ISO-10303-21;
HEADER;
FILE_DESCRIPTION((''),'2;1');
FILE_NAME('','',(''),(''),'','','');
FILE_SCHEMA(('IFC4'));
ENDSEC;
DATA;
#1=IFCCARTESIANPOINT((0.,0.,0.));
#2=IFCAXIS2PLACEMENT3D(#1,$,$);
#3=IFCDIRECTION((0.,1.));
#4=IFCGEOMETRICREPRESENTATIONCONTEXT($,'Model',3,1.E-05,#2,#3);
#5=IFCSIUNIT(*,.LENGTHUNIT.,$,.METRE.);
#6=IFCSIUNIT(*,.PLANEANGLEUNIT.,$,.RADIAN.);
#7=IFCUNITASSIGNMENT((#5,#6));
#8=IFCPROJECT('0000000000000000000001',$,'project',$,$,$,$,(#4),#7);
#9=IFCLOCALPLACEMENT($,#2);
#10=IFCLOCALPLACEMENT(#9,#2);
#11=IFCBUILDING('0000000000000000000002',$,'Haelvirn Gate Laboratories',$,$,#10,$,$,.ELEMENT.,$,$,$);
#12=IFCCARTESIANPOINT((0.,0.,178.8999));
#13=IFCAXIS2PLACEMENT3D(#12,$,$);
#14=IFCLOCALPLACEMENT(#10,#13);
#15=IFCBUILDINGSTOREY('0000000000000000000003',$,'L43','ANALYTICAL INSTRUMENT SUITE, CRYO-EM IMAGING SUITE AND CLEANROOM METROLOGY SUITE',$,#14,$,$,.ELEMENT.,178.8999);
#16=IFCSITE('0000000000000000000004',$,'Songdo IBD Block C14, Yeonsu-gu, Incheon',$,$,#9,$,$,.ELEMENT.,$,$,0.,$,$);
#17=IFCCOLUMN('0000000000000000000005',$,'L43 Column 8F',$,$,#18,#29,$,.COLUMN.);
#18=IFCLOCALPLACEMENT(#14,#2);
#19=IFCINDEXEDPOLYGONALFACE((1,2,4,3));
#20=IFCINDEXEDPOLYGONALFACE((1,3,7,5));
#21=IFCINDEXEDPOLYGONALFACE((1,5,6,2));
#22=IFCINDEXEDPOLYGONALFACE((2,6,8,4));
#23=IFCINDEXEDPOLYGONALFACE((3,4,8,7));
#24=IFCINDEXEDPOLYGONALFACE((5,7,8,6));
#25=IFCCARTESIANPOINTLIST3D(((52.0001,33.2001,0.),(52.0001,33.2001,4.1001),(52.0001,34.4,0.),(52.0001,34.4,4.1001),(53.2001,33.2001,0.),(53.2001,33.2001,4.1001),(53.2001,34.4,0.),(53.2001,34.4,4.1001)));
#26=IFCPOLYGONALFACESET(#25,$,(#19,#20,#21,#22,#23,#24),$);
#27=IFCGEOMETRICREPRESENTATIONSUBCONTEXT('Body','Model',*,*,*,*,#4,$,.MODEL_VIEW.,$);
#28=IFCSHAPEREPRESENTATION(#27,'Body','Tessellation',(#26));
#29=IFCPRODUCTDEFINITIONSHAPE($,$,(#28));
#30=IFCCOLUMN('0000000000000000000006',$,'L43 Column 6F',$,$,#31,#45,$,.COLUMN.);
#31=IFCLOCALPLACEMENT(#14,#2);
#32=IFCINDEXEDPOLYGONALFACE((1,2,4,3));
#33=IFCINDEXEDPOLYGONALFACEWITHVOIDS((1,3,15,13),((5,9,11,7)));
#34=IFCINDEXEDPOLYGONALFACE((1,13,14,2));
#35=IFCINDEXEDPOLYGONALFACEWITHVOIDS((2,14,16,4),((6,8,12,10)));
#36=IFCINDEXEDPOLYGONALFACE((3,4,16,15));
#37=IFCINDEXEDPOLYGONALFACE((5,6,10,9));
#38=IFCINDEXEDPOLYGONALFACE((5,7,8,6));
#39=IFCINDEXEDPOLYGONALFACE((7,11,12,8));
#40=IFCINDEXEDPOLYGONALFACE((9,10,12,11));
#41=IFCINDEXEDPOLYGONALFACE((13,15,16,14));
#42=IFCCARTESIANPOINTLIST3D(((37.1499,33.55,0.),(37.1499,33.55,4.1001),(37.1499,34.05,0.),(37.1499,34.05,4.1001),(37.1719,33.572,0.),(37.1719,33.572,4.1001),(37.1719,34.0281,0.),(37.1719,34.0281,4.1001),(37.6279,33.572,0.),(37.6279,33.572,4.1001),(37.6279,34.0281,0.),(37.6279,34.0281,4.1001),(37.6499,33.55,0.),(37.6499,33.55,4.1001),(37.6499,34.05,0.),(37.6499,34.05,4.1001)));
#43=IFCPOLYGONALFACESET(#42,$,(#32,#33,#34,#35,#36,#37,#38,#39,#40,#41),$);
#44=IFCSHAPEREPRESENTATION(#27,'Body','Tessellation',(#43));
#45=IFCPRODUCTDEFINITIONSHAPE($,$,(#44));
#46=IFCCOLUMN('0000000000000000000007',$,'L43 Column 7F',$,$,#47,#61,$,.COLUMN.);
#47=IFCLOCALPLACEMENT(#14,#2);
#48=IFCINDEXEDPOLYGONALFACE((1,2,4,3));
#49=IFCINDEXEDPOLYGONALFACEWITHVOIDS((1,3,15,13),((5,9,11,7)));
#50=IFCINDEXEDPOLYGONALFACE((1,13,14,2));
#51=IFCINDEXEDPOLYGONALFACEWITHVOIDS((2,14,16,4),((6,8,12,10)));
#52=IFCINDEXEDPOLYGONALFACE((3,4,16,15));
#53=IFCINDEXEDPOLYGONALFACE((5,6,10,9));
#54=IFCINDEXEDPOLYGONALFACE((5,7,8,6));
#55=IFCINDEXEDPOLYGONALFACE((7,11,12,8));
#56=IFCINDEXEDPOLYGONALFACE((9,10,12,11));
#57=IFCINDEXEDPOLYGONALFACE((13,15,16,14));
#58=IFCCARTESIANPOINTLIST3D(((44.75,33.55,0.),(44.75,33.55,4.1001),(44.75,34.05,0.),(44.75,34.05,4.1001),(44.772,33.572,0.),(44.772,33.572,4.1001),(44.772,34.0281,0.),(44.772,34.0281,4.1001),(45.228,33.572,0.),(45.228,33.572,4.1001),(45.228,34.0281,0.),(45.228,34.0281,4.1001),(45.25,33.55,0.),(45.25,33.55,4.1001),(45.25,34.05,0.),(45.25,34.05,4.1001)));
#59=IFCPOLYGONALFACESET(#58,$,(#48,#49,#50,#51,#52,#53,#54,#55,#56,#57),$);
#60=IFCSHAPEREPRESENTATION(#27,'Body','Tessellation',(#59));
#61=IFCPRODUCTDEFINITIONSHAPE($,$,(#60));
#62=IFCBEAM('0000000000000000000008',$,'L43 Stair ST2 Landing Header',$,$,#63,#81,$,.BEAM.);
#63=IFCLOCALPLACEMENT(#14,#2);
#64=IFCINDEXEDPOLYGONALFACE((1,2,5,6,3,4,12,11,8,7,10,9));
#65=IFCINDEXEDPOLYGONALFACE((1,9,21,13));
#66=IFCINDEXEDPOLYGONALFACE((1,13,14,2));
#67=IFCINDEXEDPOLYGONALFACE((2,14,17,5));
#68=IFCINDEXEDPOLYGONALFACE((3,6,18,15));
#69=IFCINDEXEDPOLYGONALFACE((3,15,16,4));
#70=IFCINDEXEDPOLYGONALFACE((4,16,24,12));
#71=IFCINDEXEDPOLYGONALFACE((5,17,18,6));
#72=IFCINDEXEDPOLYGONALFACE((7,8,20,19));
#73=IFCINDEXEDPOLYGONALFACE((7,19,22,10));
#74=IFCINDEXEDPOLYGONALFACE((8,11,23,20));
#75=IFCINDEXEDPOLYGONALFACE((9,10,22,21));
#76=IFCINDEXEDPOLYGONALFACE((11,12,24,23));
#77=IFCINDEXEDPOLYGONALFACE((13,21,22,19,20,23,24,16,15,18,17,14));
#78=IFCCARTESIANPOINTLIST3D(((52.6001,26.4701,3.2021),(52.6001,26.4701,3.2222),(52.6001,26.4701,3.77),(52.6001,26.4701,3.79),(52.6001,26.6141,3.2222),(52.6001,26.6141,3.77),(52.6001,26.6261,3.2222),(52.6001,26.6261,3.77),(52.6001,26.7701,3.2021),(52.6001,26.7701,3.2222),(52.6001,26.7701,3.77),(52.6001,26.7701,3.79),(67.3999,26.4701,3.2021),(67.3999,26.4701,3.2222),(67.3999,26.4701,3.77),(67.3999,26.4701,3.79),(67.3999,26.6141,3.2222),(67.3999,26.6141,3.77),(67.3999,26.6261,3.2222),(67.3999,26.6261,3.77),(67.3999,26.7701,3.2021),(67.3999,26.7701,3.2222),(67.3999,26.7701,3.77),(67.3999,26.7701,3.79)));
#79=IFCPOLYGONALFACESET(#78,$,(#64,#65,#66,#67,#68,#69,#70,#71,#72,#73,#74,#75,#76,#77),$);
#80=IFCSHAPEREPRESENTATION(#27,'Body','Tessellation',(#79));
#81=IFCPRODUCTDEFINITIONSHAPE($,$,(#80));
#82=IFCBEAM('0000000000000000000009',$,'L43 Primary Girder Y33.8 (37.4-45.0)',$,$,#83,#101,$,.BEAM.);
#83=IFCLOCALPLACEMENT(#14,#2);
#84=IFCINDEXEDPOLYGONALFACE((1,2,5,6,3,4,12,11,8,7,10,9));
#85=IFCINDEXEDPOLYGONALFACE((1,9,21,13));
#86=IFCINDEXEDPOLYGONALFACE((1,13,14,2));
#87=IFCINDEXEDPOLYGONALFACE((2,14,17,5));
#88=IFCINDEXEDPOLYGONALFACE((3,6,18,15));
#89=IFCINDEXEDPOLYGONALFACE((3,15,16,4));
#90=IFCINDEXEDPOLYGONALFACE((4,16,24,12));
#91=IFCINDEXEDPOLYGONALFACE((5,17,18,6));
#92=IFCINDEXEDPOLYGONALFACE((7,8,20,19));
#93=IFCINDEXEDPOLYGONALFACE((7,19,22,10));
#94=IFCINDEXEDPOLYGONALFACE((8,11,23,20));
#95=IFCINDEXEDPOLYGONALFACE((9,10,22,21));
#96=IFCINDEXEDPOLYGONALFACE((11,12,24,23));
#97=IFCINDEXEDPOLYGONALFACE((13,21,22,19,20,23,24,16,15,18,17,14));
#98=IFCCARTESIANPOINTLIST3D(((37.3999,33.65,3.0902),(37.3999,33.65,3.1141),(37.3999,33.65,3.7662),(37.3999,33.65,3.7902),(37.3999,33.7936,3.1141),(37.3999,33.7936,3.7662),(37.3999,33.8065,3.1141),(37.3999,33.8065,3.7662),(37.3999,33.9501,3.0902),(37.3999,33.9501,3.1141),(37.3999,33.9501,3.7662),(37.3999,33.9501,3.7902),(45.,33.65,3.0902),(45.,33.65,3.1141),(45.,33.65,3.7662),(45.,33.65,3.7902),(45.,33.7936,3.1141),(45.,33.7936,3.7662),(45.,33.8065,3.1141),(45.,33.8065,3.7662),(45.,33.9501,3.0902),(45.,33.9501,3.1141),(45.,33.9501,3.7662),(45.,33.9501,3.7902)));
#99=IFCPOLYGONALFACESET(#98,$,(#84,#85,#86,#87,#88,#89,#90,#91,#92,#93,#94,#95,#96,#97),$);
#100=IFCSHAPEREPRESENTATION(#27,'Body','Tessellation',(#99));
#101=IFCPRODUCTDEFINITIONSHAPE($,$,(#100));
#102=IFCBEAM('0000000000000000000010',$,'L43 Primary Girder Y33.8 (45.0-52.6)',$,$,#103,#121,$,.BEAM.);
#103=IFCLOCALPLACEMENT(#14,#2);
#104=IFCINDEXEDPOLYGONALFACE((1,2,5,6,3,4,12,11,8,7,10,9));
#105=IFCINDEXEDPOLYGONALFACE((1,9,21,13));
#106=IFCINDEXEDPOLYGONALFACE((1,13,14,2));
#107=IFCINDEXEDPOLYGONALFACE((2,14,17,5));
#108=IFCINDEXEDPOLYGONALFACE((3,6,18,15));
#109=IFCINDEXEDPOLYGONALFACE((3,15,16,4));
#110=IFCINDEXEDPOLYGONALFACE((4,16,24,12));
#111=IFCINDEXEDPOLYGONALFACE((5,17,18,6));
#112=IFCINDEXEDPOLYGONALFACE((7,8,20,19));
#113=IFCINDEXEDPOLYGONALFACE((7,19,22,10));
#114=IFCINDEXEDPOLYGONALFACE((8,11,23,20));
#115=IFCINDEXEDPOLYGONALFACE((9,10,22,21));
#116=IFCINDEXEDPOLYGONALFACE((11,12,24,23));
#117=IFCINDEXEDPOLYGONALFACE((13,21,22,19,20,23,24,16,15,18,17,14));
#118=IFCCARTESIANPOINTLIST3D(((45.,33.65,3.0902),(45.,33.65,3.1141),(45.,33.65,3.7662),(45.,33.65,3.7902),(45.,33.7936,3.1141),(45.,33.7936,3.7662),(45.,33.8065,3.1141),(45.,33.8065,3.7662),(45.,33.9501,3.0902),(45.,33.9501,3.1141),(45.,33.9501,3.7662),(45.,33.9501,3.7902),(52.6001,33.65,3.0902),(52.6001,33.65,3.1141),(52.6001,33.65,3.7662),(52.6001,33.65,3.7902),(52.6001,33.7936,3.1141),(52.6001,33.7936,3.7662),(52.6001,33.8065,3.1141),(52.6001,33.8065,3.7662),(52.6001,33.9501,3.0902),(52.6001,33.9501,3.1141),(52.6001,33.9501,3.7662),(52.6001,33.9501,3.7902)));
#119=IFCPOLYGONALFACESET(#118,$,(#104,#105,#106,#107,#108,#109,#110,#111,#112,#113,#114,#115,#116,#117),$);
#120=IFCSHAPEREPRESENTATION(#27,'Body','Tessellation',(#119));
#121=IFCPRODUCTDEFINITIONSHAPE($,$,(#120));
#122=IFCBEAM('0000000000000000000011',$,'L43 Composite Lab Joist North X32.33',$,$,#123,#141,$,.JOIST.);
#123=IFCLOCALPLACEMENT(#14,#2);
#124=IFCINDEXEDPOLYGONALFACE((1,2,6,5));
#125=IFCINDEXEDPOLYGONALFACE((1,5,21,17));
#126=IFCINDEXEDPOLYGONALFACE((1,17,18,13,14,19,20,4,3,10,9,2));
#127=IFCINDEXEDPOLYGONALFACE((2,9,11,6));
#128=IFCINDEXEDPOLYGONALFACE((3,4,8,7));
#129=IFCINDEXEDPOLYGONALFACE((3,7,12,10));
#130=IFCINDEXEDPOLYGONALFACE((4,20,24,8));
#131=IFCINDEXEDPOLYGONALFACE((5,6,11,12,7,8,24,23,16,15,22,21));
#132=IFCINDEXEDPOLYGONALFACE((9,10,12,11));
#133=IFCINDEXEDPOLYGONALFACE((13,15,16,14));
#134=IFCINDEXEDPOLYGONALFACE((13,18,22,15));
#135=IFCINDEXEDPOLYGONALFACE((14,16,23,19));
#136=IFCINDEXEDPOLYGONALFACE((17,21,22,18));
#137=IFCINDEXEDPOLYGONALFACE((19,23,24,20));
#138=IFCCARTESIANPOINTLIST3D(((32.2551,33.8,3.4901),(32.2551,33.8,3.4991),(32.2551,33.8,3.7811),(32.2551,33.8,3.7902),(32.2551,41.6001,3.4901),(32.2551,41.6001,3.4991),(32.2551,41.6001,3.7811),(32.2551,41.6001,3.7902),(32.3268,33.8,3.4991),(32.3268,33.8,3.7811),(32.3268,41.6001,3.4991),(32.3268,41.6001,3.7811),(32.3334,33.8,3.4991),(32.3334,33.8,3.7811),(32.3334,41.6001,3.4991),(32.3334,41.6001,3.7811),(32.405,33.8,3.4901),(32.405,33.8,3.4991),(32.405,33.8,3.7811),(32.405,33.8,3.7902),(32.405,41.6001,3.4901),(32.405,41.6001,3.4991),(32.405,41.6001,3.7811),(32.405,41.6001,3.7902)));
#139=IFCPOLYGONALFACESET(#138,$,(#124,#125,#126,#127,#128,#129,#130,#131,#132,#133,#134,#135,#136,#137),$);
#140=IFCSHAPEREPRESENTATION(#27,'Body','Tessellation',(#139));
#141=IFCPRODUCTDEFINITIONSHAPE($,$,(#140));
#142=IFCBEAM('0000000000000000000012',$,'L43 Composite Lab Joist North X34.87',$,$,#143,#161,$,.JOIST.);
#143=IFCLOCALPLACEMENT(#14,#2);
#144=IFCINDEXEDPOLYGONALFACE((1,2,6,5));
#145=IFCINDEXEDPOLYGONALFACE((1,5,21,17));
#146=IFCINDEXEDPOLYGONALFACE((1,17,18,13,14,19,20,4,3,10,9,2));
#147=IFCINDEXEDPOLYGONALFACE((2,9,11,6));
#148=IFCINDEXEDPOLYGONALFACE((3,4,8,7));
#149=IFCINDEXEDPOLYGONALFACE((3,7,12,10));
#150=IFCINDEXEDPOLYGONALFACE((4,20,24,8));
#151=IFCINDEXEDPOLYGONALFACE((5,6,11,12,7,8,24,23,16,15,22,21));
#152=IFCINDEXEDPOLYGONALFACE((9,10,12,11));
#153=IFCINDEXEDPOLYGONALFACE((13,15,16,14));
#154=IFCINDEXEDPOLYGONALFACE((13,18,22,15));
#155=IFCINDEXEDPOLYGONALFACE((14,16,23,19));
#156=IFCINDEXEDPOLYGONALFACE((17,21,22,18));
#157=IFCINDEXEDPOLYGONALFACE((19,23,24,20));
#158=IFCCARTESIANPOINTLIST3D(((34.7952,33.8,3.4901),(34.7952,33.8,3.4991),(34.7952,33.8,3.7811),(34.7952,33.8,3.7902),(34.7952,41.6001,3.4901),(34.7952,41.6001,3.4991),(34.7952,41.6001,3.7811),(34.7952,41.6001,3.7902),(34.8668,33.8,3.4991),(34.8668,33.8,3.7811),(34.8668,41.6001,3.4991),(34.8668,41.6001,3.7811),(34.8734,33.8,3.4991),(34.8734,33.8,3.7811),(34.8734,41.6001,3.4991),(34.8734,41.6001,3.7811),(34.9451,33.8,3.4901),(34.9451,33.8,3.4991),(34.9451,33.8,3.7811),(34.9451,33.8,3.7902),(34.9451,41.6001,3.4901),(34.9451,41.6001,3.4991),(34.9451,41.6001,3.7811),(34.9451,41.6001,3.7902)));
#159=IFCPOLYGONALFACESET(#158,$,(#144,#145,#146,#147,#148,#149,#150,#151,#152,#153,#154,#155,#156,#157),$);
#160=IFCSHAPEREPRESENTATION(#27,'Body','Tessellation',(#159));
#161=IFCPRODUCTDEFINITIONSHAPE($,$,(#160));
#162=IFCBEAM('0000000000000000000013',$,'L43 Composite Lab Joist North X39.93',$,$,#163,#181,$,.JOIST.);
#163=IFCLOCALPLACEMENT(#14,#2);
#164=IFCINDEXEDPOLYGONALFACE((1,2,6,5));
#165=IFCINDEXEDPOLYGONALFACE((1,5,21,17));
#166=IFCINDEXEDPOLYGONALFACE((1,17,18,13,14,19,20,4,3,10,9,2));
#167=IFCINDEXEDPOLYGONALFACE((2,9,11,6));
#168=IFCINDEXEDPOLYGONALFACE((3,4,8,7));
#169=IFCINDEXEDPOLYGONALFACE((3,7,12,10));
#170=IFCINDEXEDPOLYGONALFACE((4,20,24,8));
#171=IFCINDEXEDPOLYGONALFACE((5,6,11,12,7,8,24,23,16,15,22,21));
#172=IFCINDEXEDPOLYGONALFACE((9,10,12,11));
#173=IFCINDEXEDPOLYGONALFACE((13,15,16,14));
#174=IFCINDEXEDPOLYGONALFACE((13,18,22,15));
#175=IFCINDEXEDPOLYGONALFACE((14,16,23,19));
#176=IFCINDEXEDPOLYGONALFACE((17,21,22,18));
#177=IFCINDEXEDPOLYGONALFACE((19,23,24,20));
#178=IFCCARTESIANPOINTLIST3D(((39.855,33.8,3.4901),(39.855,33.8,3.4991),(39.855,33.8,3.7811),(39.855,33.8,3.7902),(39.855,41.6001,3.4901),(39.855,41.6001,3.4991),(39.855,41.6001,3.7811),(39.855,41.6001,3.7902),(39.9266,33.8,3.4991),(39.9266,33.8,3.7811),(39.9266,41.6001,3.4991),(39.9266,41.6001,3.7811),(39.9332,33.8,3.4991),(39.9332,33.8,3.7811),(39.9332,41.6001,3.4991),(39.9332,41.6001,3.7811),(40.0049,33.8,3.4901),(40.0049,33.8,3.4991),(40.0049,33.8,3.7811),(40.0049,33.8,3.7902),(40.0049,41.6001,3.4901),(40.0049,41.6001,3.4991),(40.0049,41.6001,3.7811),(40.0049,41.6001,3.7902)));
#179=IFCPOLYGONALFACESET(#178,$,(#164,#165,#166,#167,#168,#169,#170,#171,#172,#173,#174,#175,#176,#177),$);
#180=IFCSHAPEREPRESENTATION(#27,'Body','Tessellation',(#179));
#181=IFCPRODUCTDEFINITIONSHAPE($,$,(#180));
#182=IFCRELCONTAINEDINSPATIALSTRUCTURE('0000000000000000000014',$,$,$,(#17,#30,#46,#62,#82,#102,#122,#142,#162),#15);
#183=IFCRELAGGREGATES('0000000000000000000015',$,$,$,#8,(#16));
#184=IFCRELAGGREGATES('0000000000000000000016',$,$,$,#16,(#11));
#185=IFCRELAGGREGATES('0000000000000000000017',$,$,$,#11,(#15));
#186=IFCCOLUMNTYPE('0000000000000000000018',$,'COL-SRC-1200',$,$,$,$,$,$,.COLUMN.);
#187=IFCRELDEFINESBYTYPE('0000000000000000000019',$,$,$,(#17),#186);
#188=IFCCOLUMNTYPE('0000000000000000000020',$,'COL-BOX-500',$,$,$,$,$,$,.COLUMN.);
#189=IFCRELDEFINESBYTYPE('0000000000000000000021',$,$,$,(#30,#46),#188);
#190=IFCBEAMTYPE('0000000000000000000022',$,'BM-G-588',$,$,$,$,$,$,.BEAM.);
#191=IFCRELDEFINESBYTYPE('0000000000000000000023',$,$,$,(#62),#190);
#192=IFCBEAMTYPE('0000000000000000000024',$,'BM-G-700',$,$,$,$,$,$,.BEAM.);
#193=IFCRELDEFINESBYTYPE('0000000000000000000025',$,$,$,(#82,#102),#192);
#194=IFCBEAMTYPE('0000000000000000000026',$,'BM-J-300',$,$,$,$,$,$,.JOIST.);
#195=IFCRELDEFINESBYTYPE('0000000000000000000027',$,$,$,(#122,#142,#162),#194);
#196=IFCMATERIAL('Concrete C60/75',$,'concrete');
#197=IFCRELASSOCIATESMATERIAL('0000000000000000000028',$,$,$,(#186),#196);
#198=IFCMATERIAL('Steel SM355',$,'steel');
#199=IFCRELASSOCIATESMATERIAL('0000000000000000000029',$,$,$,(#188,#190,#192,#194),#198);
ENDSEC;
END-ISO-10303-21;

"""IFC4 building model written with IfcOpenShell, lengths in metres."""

from ifc_helpers import new_model, si_unit, direction, frame, origin, origin_2d, place, context, subcontext, project, spatial, rectangle, hollow_rectangle, i_section, extrude, source, transform, mapped, material, material_profile, profile_set, type_object, type_shapes, element, save


model = new_model("IFC4")

# Units and contexts
model_context = context("Model", 3, precision=1e-05, world=origin(), true_north=direction((0.0, 1.0)))
body_context = subcontext(model_context, "Body", "Model", "MODEL_VIEW")
ifc_project = project(units=[si_unit("LENGTHUNIT", "METRE"), si_unit("PLANEANGLEUNIT", "RADIAN")], contexts=[model_context])

# Site, building, storey
site_placement = place(None, origin())
site = spatial("IfcSite", under=ifc_project, at=site_placement, Name="Songdo IBD Block C14, Yeonsu-gu, Incheon", CompositionType="ELEMENT", RefElevation=0.0)
building_placement = place(site_placement, origin())
building = spatial("IfcBuilding", under=site, at=building_placement, Name="Haelvirn Gate Laboratories", CompositionType="ELEMENT")
storey_placement = place(building_placement, frame((0.0, 0.0, 178.8999)))
storey = spatial("IfcBuildingStorey", under=building, at=storey_placement, Name="L43", Description="ANALYTICAL INSTRUMENT SUITE, CRYO-EM IMAGING SUITE AND CLEANROOM METROLOGY SUITE", CompositionType="ELEMENT", Elevation=178.8999)

# Columns
ifc_material_1 = material(Name="Concrete C60/75", Category="concrete")
ifc_material_profile_1 = material_profile(ifc_material_1, rectangle(XDim=1.2, YDim=1.2, at=origin_2d()), Name="SRC-1200x1200")
ifc_profile_set_1 = profile_set([ifc_material_profile_1], Name="Concrete C60/75")
column_type_1 = type_object("IfcColumnType", Name="COL-SRC-1200", PredefinedType="COLUMN", material=ifc_profile_set_1)
shared_shape_1 = source(origin(), body_context, "Body", "SweptSolid", [
    extrude(rectangle(XDim=1.2, YDim=1.2, at=origin_2d()), origin(), (0.0, 0.0, 1.0), 4.1001),
])
type_shapes(column_type_1, [shared_shape_1])
column_placement = place(storey_placement, frame((52.6001, 33.8, 0.0), z_axis=(0.0, 0.0, 1.0), x_axis=(1.0, 0.0, 0.0)))
element("IfcColumn", 1, at=column_placement, inside=storey, type_object=column_type_1, Name="L43 Column 8F", PredefinedType="COLUMN", context=body_context, shape_type="MappedRepresentation", body=[
    mapped(shared_shape_1, transform((0.0, 0.0, 0.0), scale=1.0)),
])
ifc_material_2 = material(Name="Steel SM355", Category="steel")
ifc_material_profile_2 = material_profile(ifc_material_2, hollow_rectangle(XDim=0.5, YDim=0.5, WallThickness=0.022, at=origin_2d()), Name="BOX-500x500x22")
ifc_profile_set_2 = profile_set([ifc_material_profile_2], Name="Steel SM355")
column_type_2 = type_object("IfcColumnType", Name="COL-BOX-500", PredefinedType="COLUMN", material=ifc_profile_set_2)
shared_shape_2 = source(origin(), body_context, "Body", "SweptSolid", [
    extrude(hollow_rectangle(XDim=0.5, YDim=0.5, WallThickness=0.022, at=origin_2d()), origin(), (0.0, 0.0, 1.0), 4.1001),
])
type_shapes(column_type_2, [shared_shape_2])
for number, where, z_axis, x_axis, name in (
    (2, (37.3999, 33.8, 0.0), (0.0, 0.0, 1.0), (1.0, 0.0, 0.0), "L43 Column 6F"),
    (3, (45.0, 33.8, 0.0), (0.0, 0.0, 1.0), (1.0, 0.0, 0.0), "L43 Column 7F"),
):
    element("IfcColumn", number, at=place(storey_placement, frame(where, z_axis=z_axis, x_axis=x_axis)), inside=storey, type_object=column_type_2, Name=name, PredefinedType="COLUMN", context=body_context, shape_type="MappedRepresentation", body=[
        mapped(shared_shape_2, transform((0.0, 0.0, 0.0), scale=1.0)),
    ])

# Beams
ifc_material_profile_3 = material_profile(ifc_material_2, i_section(OverallWidth=0.3, OverallDepth=0.5879, WebThickness=0.012, FlangeThickness=0.02, at=origin_2d()), Name="H-588x300x12x20")
ifc_profile_set_3 = profile_set([ifc_material_profile_3], Name="Steel SM355")
beam_type_1 = type_object("IfcBeamType", Name="BM-G-588", PredefinedType="BEAM", material=ifc_profile_set_3)
shared_shape_3 = source(origin(), body_context, "Body", "SweptSolid", [
    extrude(i_section(OverallWidth=0.3, OverallDepth=0.5879, WebThickness=0.012, FlangeThickness=0.02, at=origin_2d()), origin(), (0.0, 0.0, 1.0), 14.7998),
])
beam_1_placement = place(storey_placement, frame((52.6001, 26.6201, 3.4961), z_axis=(1.0, 0.0, 0.0), x_axis=(0.0, 1.0, 0.0)))
element("IfcBeam", 4, at=beam_1_placement, inside=storey, type_object=beam_type_1, Name="L43 Stair ST2 Landing Header", PredefinedType="BEAM", context=body_context, shape_type="MappedRepresentation", body=[
    mapped(shared_shape_3, transform((0.0, 0.0, 0.0), scale=1.0)),
])
ifc_material_profile_4 = material_profile(ifc_material_2, i_section(OverallWidth=0.3, OverallDepth=0.7, WebThickness=0.0129, FlangeThickness=0.0239, at=origin_2d()), Name="H-700x300x13x24")
ifc_profile_set_4 = profile_set([ifc_material_profile_4], Name="Steel SM355")
beam_type_2 = type_object("IfcBeamType", Name="BM-G-700", PredefinedType="BEAM", material=ifc_profile_set_4)
shared_shape_4 = source(origin(), body_context, "Body", "SweptSolid", [
    extrude(i_section(OverallWidth=0.3, OverallDepth=0.7, WebThickness=0.0129, FlangeThickness=0.0239, at=origin_2d()), origin(), (0.0, 0.0, 1.0), 7.6001),
])
type_shapes(beam_type_2, [shared_shape_4])
for number, where, z_axis, x_axis, name in (
    (5, (37.3999, 33.8, 3.4402), (1.0, 0.0, 0.0), (0.0, 1.0, 0.0), "L43 Primary Girder Y33.8 (37.4-45.0)"),
    (6, (45.0, 33.8, 3.4402), (1.0, 0.0, 0.0), (0.0, 1.0, 0.0), "L43 Primary Girder Y33.8 (45.0-52.6)"),
):
    element("IfcBeam", number, at=place(storey_placement, frame(where, z_axis=z_axis, x_axis=x_axis)), inside=storey, type_object=beam_type_2, Name=name, PredefinedType="BEAM", context=body_context, shape_type="MappedRepresentation", body=[
        mapped(shared_shape_4, transform((0.0, 0.0, 0.0), scale=1.0)),
    ])
ifc_material_profile_5 = material_profile(ifc_material_2, i_section(OverallWidth=0.1499, OverallDepth=0.3, WebThickness=0.0066, FlangeThickness=0.009, at=origin_2d()), Name="H-300x150x6.5x9")
ifc_profile_set_5 = profile_set([ifc_material_profile_5], Name="Steel SM355")
beam_type_3 = type_object("IfcBeamType", Name="BM-J-300", PredefinedType="JOIST", material=ifc_profile_set_5)
shared_shape_5 = source(origin(), body_context, "Body", "SweptSolid", [
    extrude(i_section(OverallWidth=0.1499, OverallDepth=0.3, WebThickness=0.0066, FlangeThickness=0.009, at=origin_2d()), origin(), (0.0, 0.0, 1.0), 7.8),
])
type_shapes(beam_type_3, [shared_shape_5])
for number, where, z_axis, x_axis, name in (
    (7, (32.3301, 33.8, 3.6401), (0.0, 1.0, 0.0), (-1.0, 0.0, 0.0), "L43 Composite Lab Joist North X32.33"),
    (8, (34.8701, 33.8, 3.6401), (0.0, 1.0, 0.0), (-1.0, 0.0, 0.0), "L43 Composite Lab Joist North X34.87"),
    (9, (39.9299, 33.8, 3.6401), (0.0, 1.0, 0.0), (-1.0, 0.0, 0.0), "L43 Composite Lab Joist North X39.93"),
):
    element("IfcBeam", number, at=place(storey_placement, frame(where, z_axis=z_axis, x_axis=x_axis)), inside=storey, type_object=beam_type_3, Name=name, PredefinedType="JOIST", context=body_context, shape_type="MappedRepresentation", body=[
        mapped(shared_shape_5, transform((0.0, 0.0, 0.0), scale=1.0)),
    ])

save(model, "model.ifc")
